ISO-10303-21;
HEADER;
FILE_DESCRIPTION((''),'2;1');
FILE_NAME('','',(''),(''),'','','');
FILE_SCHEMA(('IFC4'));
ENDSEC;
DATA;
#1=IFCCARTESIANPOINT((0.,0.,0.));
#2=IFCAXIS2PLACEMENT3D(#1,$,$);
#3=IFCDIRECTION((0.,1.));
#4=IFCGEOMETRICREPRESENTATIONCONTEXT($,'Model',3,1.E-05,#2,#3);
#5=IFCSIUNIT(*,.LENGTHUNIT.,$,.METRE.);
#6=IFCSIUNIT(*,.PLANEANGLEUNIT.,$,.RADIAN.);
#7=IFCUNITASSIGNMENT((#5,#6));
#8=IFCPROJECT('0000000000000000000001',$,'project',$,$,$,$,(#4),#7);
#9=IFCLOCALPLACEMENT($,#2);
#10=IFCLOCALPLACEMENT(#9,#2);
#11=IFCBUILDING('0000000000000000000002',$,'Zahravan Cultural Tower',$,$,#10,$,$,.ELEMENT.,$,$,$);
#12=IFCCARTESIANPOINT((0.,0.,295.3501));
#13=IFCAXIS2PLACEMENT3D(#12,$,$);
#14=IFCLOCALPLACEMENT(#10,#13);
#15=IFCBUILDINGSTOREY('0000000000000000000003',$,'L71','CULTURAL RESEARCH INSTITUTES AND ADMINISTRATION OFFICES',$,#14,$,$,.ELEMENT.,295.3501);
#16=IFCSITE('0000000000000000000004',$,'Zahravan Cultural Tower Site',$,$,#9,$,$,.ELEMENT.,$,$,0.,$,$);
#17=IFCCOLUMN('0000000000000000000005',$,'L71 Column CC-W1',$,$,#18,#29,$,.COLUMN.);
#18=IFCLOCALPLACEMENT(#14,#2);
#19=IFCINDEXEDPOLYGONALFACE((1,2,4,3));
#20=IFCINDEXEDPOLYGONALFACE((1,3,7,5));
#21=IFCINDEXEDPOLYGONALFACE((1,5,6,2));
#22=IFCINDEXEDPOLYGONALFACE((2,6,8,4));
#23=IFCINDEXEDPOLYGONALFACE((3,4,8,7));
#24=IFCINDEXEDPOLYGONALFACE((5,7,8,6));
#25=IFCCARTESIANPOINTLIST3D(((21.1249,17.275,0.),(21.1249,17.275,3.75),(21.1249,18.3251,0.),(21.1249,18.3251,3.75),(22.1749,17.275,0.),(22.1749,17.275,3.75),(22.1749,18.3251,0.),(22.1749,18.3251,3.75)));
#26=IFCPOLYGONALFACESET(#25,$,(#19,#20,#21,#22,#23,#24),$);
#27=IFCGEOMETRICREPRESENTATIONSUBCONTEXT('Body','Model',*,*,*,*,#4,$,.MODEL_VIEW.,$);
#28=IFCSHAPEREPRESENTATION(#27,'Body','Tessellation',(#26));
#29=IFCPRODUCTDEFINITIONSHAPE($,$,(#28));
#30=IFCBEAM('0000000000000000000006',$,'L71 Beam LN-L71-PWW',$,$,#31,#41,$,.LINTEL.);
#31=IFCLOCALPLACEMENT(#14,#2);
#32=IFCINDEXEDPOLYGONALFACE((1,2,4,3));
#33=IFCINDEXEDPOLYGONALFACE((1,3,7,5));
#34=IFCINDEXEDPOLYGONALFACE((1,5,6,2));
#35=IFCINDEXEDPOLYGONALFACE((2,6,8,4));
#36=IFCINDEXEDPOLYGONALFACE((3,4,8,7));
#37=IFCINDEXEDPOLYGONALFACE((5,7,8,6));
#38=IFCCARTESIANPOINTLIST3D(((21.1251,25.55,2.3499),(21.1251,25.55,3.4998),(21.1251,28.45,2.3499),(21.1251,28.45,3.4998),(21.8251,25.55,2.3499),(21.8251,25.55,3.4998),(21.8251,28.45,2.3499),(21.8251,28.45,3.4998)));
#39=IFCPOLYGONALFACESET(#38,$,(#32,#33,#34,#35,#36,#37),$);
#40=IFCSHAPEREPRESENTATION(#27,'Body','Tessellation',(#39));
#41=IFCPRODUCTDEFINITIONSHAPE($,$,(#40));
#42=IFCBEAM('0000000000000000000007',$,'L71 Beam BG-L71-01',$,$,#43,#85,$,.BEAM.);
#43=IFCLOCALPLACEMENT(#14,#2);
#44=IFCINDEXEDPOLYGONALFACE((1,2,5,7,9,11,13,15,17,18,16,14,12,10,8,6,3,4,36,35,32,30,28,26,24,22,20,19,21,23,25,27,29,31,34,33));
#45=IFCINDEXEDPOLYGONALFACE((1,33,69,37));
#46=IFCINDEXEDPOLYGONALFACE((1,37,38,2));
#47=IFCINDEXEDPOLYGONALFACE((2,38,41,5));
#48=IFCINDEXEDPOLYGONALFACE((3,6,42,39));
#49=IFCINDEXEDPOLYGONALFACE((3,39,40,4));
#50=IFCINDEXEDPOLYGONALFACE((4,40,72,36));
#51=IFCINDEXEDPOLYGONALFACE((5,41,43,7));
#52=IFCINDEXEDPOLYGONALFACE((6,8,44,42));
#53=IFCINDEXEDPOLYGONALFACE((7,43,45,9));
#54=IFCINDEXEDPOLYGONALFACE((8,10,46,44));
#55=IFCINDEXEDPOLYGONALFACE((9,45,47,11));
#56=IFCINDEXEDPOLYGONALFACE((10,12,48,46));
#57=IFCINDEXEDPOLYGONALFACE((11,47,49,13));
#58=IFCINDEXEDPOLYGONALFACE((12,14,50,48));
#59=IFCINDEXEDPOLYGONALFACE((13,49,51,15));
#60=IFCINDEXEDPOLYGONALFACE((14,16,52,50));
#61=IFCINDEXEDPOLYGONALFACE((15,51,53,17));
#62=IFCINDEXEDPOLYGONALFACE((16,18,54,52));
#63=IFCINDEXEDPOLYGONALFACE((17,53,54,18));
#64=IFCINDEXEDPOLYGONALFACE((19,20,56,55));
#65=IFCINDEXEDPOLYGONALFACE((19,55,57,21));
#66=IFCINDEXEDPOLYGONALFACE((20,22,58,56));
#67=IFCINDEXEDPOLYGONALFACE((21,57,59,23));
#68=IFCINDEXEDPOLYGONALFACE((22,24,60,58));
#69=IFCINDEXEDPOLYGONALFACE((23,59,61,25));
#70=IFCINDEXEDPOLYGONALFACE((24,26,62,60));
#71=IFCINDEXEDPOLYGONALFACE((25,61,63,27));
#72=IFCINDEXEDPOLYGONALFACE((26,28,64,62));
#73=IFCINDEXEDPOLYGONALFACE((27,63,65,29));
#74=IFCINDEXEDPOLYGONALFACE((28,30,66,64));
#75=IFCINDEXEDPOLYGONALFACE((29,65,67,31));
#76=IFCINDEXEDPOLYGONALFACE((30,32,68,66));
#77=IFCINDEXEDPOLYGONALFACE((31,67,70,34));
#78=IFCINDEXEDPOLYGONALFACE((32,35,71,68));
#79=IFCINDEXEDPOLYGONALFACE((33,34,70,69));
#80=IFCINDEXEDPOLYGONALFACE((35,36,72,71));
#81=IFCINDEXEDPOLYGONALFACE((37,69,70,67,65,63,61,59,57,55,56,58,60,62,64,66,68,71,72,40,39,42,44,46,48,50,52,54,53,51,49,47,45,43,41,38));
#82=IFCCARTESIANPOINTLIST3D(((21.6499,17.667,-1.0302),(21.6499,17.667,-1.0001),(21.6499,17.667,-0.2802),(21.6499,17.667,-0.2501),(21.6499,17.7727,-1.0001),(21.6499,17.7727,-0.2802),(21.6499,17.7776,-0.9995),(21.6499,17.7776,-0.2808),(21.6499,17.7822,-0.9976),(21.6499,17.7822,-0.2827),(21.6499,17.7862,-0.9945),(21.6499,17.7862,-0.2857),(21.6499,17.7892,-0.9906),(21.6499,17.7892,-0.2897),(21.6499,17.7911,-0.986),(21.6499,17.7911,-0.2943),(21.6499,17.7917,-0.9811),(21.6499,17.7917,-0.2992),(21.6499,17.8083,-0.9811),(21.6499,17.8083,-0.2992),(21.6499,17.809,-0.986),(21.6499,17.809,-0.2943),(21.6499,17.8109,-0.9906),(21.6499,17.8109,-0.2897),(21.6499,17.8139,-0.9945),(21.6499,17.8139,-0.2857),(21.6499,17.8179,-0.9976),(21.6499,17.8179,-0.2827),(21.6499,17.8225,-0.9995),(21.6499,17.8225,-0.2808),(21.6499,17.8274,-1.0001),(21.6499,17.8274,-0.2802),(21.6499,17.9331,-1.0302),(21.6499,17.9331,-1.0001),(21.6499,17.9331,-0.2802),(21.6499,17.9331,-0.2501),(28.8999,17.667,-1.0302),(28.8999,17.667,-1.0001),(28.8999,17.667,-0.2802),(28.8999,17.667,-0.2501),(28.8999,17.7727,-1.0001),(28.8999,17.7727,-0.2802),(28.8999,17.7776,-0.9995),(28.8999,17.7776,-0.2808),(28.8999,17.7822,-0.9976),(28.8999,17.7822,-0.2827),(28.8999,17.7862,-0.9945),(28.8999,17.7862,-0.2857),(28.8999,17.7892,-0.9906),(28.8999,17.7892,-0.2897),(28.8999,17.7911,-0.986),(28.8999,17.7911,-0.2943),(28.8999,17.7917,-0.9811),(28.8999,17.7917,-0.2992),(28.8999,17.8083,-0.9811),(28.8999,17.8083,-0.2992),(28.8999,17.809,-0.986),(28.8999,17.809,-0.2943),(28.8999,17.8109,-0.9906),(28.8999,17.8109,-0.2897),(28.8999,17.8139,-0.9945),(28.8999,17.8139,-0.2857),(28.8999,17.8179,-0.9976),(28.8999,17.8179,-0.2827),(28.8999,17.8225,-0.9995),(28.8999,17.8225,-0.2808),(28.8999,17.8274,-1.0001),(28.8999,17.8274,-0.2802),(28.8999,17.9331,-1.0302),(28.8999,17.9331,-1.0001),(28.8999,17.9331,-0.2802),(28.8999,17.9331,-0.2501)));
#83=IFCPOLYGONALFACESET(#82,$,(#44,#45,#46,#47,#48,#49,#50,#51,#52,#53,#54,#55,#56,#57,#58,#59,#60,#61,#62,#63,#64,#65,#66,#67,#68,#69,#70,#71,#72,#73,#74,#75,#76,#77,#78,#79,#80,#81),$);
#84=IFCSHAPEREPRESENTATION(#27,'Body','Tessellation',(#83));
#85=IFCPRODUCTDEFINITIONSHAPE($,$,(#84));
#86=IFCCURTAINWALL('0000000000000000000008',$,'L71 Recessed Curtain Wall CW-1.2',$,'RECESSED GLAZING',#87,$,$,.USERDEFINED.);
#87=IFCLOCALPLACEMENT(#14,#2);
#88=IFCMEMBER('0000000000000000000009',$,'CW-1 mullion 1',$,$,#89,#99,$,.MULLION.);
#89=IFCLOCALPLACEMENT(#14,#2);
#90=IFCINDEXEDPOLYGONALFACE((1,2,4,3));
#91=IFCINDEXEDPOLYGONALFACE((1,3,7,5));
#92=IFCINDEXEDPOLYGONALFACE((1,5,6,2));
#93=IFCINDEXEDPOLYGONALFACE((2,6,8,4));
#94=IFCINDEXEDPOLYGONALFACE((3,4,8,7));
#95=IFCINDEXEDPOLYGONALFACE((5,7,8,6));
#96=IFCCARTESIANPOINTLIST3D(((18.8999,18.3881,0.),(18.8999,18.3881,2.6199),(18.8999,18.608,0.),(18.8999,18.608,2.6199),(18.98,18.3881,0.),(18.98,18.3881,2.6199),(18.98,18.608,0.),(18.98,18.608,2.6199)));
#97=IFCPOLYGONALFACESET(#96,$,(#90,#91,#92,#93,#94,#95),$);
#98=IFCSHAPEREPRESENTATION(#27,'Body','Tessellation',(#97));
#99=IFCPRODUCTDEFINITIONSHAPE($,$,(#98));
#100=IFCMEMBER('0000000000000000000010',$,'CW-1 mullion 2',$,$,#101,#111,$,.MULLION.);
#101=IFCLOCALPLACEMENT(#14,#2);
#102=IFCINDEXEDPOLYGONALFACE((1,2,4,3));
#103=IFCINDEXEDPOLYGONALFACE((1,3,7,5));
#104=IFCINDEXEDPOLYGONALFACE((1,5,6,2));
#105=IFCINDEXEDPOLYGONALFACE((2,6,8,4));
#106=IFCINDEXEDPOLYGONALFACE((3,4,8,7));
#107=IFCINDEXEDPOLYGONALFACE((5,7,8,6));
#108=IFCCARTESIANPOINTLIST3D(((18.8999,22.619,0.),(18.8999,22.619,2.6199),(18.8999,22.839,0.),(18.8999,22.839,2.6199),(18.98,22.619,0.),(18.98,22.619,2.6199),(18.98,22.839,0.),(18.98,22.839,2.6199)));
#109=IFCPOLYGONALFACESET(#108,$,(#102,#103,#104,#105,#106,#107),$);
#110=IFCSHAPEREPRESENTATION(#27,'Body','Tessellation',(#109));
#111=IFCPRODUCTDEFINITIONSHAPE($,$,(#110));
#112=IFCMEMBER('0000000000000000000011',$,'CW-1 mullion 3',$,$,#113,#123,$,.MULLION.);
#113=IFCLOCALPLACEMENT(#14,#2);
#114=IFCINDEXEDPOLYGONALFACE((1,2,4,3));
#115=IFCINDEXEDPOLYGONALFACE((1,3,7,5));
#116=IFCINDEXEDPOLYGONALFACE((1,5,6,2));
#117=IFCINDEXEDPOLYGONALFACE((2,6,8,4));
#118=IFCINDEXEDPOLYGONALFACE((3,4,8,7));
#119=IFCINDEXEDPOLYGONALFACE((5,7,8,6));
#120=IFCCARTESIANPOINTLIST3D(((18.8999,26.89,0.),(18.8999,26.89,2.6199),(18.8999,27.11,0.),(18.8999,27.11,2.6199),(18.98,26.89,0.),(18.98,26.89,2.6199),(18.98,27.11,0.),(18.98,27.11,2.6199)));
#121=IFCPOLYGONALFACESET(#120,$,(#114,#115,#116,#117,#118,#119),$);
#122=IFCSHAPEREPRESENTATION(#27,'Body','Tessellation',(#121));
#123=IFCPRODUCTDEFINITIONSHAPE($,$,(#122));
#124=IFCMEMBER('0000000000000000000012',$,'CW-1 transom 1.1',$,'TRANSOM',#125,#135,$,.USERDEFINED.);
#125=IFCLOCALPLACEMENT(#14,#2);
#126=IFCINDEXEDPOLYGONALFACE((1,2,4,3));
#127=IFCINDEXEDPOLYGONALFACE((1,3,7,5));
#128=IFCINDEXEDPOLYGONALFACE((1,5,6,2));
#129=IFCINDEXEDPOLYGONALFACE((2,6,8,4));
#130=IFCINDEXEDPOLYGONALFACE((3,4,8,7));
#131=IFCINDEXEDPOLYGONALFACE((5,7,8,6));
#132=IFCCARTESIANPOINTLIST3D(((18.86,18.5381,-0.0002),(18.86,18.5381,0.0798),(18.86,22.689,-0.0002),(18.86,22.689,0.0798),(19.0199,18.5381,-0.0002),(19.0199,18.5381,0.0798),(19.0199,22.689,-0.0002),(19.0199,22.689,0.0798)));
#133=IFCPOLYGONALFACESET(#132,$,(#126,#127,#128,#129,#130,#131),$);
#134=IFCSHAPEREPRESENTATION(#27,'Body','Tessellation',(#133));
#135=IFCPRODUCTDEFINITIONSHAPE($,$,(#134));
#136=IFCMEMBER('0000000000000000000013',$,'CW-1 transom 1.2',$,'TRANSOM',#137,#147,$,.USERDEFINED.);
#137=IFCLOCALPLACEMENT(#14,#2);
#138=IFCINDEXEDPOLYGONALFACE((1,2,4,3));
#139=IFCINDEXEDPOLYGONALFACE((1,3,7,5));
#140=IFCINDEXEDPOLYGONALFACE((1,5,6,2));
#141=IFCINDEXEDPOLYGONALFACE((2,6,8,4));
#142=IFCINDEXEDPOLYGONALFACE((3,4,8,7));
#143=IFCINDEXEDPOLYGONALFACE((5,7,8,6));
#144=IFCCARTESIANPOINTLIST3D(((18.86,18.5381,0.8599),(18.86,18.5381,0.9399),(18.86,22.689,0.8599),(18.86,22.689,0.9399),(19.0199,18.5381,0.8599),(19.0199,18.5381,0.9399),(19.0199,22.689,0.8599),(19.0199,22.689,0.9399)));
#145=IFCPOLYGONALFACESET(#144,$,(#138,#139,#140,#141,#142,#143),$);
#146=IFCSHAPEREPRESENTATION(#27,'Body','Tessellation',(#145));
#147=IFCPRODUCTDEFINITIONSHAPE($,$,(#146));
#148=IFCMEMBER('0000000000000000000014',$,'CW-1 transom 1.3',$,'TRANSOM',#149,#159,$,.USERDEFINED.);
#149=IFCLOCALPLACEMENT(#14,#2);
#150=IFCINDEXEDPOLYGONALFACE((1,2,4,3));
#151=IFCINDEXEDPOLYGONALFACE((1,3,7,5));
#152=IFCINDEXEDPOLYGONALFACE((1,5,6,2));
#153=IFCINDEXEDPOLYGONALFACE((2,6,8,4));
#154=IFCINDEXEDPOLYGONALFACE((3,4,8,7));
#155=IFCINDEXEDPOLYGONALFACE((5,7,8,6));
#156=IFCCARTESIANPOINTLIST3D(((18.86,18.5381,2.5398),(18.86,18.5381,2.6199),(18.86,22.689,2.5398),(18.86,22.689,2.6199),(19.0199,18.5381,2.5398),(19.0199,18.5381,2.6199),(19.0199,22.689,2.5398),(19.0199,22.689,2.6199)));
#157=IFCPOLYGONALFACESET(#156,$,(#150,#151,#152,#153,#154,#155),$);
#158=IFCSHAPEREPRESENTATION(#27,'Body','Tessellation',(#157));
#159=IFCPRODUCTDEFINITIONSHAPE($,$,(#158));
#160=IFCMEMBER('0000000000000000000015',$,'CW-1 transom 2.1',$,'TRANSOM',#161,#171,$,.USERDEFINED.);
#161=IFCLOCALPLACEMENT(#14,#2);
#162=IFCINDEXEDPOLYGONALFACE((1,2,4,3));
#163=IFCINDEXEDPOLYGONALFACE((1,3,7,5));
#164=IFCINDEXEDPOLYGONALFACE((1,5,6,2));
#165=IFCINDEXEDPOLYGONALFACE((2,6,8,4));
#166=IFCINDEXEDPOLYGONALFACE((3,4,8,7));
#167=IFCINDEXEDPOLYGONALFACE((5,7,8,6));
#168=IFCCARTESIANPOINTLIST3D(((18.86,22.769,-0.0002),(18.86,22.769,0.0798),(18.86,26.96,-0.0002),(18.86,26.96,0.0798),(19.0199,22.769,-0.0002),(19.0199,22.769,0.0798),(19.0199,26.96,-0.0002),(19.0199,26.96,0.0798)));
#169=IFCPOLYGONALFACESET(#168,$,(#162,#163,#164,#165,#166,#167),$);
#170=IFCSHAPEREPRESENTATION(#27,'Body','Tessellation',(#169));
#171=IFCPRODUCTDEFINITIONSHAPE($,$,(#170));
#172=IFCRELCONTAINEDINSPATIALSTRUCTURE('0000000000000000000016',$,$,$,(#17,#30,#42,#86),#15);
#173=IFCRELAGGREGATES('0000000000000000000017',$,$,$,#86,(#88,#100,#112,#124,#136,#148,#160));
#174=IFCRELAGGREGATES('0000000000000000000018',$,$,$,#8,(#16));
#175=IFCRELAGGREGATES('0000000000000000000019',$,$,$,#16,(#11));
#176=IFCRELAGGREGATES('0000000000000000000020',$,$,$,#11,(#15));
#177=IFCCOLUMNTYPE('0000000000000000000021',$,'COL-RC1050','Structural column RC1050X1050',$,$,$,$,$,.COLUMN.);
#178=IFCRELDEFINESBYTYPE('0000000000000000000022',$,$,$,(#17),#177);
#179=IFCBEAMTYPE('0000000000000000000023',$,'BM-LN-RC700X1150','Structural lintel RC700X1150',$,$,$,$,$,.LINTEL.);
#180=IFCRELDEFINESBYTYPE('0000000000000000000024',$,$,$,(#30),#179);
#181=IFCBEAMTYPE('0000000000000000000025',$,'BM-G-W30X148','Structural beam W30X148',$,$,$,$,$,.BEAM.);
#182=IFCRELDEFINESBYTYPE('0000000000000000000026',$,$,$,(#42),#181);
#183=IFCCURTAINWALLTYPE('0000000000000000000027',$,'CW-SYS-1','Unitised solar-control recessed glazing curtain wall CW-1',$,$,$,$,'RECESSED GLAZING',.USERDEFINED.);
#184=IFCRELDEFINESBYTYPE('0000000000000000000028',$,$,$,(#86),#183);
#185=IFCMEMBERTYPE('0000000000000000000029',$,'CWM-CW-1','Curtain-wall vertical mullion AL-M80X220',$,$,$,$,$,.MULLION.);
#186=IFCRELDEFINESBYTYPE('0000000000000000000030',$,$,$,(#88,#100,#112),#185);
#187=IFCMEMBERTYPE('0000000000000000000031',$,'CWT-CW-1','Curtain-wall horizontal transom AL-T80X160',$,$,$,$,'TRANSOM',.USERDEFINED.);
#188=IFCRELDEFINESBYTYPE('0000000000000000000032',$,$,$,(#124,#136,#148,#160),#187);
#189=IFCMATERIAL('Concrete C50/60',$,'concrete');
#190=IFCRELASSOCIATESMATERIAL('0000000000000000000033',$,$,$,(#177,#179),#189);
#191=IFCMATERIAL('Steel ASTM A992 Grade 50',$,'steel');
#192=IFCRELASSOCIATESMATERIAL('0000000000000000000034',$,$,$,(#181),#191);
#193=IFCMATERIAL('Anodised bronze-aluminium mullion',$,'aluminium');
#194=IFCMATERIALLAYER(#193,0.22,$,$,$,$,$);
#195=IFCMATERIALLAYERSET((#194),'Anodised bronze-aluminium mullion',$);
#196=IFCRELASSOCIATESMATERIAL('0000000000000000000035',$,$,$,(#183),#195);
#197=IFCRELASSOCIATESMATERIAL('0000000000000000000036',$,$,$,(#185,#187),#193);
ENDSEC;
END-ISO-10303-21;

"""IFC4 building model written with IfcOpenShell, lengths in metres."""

from ifc_helpers import new_model, si_unit, direction, frame, origin, origin_2d, place, context, subcontext, project, spatial, rectangle, i_section, extrude, source, transform, mapped, material, layer, layer_set, material_profile, profile_set, type_object, element, aggregate, save


model = new_model("IFC4")

# Units and contexts
model_context = context("Model", 3, precision=1e-05, world=origin(), true_north=direction((0.0, 1.0)))
body_context = subcontext(model_context, "Body", "Model", "MODEL_VIEW")
ifc_project = project(units=[si_unit("LENGTHUNIT", "METRE"), si_unit("PLANEANGLEUNIT", "RADIAN")], contexts=[model_context])

# Site, building, storey
site_placement = place(None, origin())
site = spatial("IfcSite", under=ifc_project, at=site_placement, Name="Zahravan Cultural Tower Site", CompositionType="ELEMENT", RefElevation=0.0)
building_placement = place(site_placement, origin())
building = spatial("IfcBuilding", under=site, at=building_placement, Name="Zahravan Cultural Tower", CompositionType="ELEMENT")
storey_placement = place(building_placement, frame((0.0, 0.0, 295.3501)))
storey = spatial("IfcBuildingStorey", under=building, at=storey_placement, Name="L71", Description="CULTURAL RESEARCH INSTITUTES AND ADMINISTRATION OFFICES", CompositionType="ELEMENT", Elevation=295.3501)

# Column
ifc_material_1 = material(Name="Concrete C50/60", Category="concrete")
ifc_material_profile_1 = material_profile(ifc_material_1, rectangle(XDim=1.05, YDim=1.05, at=origin_2d()), Name="RC1050X1050")
ifc_profile_set_1 = profile_set([ifc_material_profile_1], Name="Concrete C50/60")
column_type = type_object("IfcColumnType", Name="COL-RC1050", Description="Structural column RC1050X1050", PredefinedType="COLUMN", material=ifc_profile_set_1)
shared_shape_1 = source(origin(), body_context, "Body", "SweptSolid", [
    extrude(rectangle(XDim=1.05, YDim=1.05, at=origin_2d()), origin(), (0.0, 0.0, 1.0), 3.75),
])
column_placement = place(storey_placement, frame((21.6499, 17.8, 0.0), z_axis=(0.0, 0.0, 1.0), x_axis=(1.0, 0.0, 0.0)))
element("IfcColumn", 1, at=column_placement, inside=storey, type_object=column_type, Name="L71 Column CC-W1", PredefinedType="COLUMN", context=body_context, shape_type="MappedRepresentation", body=[
    mapped(shared_shape_1, transform((0.0, 0.0, 0.0), x_axis=(1.0, 0.0, 0.0), y_axis=(0.0, 1.0, 0.0), z_axis=(0.0, 0.0, 1.0), scale=1.0)),
])

# Beams
ifc_material_profile_2 = material_profile(ifc_material_1, rectangle(XDim=0.7, YDim=1.1499, at=origin_2d()), Name="RC700X1150")
ifc_profile_set_2 = profile_set([ifc_material_profile_2], Name="Concrete C50/60")
beam_type_1 = type_object("IfcBeamType", Name="BM-LN-RC700X1150", Description="Structural lintel RC700X1150", PredefinedType="LINTEL", material=ifc_profile_set_2)
shared_shape_2 = source(origin(), body_context, "Body", "SweptSolid", [
    extrude(rectangle(XDim=0.7, YDim=1.1499, at=origin_2d()), origin(), (0.0, 0.0, 1.0), 2.8999),
])
beam_1_placement = place(storey_placement, frame((21.4751, 25.55, 2.9248), z_axis=(0.0, 1.0, 0.0), x_axis=(-1.0, 0.0, 0.0)))
element("IfcBeam", 2, at=beam_1_placement, inside=storey, type_object=beam_type_1, Name="L71 Beam LN-L71-PWW", PredefinedType="LINTEL", context=body_context, shape_type="MappedRepresentation", body=[
    mapped(shared_shape_2, transform((0.0, 0.0, 0.0), x_axis=(1.0, 0.0, 0.0), y_axis=(0.0, 1.0, 0.0), z_axis=(0.0, 0.0, 1.0), scale=1.0)),
])
ifc_material_2 = material(Name="Steel ASTM A992 Grade 50", Category="steel")
ifc_material_profile_3 = material_profile(ifc_material_2, i_section(OverallWidth=0.2661, OverallDepth=0.78, WebThickness=0.0166, FlangeThickness=0.03, FilletRadius=0.019, at=origin_2d()), Name="W30X148")
ifc_profile_set_3 = profile_set([ifc_material_profile_3], Name="Steel ASTM A992 Grade 50")
beam_type_2 = type_object("IfcBeamType", Name="BM-G-W30X148", Description="Structural beam W30X148", PredefinedType="BEAM", material=ifc_profile_set_3)
shared_shape_3 = source(origin(), body_context, "Body", "SweptSolid", [
    extrude(i_section(OverallWidth=0.2661, OverallDepth=0.78, WebThickness=0.0166, FlangeThickness=0.03, FilletRadius=0.019, at=origin_2d()), origin(), (0.0, 0.0, 1.0), 7.25),
])
beam_2_placement = place(storey_placement, frame((21.6499, 17.8, -0.6401), z_axis=(1.0, 0.0, 0.0), x_axis=(0.0, 1.0, 0.0)))
element("IfcBeam", 3, at=beam_2_placement, inside=storey, type_object=beam_type_2, Name="L71 Beam BG-L71-01", PredefinedType="BEAM", context=body_context, shape_type="MappedRepresentation", body=[
    mapped(shared_shape_3, transform((0.0, 0.0, 0.0), x_axis=(1.0, 0.0, 0.0), y_axis=(0.0, 1.0, 0.0), z_axis=(0.0, 0.0, 1.0), scale=1.0)),
])

# Curtain wall, members
ifc_material_3 = material(Name="Anodised bronze-aluminium mullion", Category="aluminium")
ifc_layer_1 = layer(ifc_material_3, 0.22)
ifc_layer_set_1 = layer_set([ifc_layer_1], Name="Anodised bronze-aluminium mullion")
curtain_wall_type = type_object("IfcCurtainWallType", Name="CW-SYS-1", Description="Unitised solar-control recessed glazing curtain wall CW-1", ElementType="RECESSED GLAZING", PredefinedType="USERDEFINED", material=ifc_layer_set_1)
curtain_wall_placement = place(storey_placement, origin())
curtain_wall = element("IfcCurtainWall", 4, at=curtain_wall_placement, inside=storey, type_object=curtain_wall_type, Name="L71 Recessed Curtain Wall CW-1.2", ObjectType="RECESSED GLAZING", PredefinedType="USERDEFINED")
ifc_material_profile_4 = material_profile(ifc_material_3, rectangle(XDim=0.0801, YDim=0.22, at=origin_2d()), Name="AL-M80X220")
ifc_profile_set_4 = profile_set([ifc_material_profile_4], Name="Anodised bronze-aluminium mullion")
member_type_1 = type_object("IfcMemberType", Name="CWM-CW-1", Description="Curtain-wall vertical mullion AL-M80X220", PredefinedType="MULLION", material=ifc_profile_set_4)
shared_shape_4 = source(origin(), body_context, "Body", "SweptSolid", [
    extrude(rectangle(XDim=0.0801, YDim=0.22, at=origin_2d()), origin(), (0.0, 0.0, 1.0), 2.6199),
])
member_1_placement = place(storey_placement, frame((18.9399, 18.498, 0.0), z_axis=(0.0, 0.0, 1.0), x_axis=(-1.0, 0.0, 0.0)))
member_1 = element("IfcMember", 5, at=member_1_placement, type_object=member_type_1, Name="CW-1 mullion 1", PredefinedType="MULLION", context=body_context, shape_type="MappedRepresentation", body=[
    mapped(shared_shape_4, transform((0.0, 0.0, 0.0), x_axis=(1.0, 0.0, 0.0), y_axis=(0.0, 1.0, 0.0), z_axis=(0.0, 0.0, 1.0), scale=1.0)),
])
member_2_placement = place(storey_placement, frame((18.9399, 22.729, 0.0), z_axis=(0.0, 0.0, 1.0), x_axis=(-1.0, 0.0, 0.0)))
member_2 = element("IfcMember", 6, at=member_2_placement, type_object=member_type_1, Name="CW-1 mullion 2", PredefinedType="MULLION", context=body_context, shape_type="MappedRepresentation", body=[
    mapped(shared_shape_4, transform((0.0, 0.0, 0.0), x_axis=(1.0, 0.0, 0.0), y_axis=(0.0, 1.0, 0.0), z_axis=(0.0, 0.0, 1.0), scale=1.0)),
])
member_3_placement = place(storey_placement, frame((18.9399, 27.0, 0.0), z_axis=(0.0, 0.0, 1.0), x_axis=(-1.0, 0.0, 0.0)))
member_3 = element("IfcMember", 7, at=member_3_placement, type_object=member_type_1, Name="CW-1 mullion 3", PredefinedType="MULLION", context=body_context, shape_type="MappedRepresentation", body=[
    mapped(shared_shape_4, transform((0.0, 0.0, 0.0), x_axis=(1.0, 0.0, 0.0), y_axis=(0.0, 1.0, 0.0), z_axis=(0.0, 0.0, 1.0), scale=1.0)),
])
ifc_material_profile_5 = material_profile(ifc_material_3, rectangle(XDim=0.1599, YDim=0.0801, at=origin_2d()), Name="AL-T80X160")
ifc_profile_set_5 = profile_set([ifc_material_profile_5], Name="Anodised bronze-aluminium mullion")
member_type_2 = type_object("IfcMemberType", Name="CWT-CW-1", Description="Curtain-wall horizontal transom AL-T80X160", ElementType="TRANSOM", PredefinedType="USERDEFINED", material=ifc_profile_set_5)
shared_shape_5 = source(origin(), body_context, "Body", "SweptSolid", [
    extrude(rectangle(XDim=0.1599, YDim=0.0801, at=origin_2d()), origin(), (0.0, 0.0, 1.0), 4.1509),
])
member_4_placement = place(storey_placement, frame((18.9399, 18.5381, 0.0398), z_axis=(0.0, 1.0, 0.0), x_axis=(-1.0, 0.0, 0.0)))
member_4 = element("IfcMember", 8, at=member_4_placement, type_object=member_type_2, Name="CW-1 transom 1.1", ObjectType="TRANSOM", PredefinedType="USERDEFINED", context=body_context, shape_type="MappedRepresentation", body=[
    mapped(shared_shape_5, transform((0.0, 0.0, 0.0), x_axis=(1.0, 0.0, 0.0), y_axis=(0.0, 1.0, 0.0), z_axis=(0.0, 0.0, 1.0), scale=1.0)),
])
member_5_placement = place(storey_placement, frame((18.9399, 18.5381, 0.8999), z_axis=(0.0, 1.0, 0.0), x_axis=(-1.0, 0.0, 0.0)))
member_5 = element("IfcMember", 9, at=member_5_placement, type_object=member_type_2, Name="CW-1 transom 1.2", ObjectType="TRANSOM", PredefinedType="USERDEFINED", context=body_context, shape_type="MappedRepresentation", body=[
    mapped(shared_shape_5, transform((0.0, 0.0, 0.0), x_axis=(1.0, 0.0, 0.0), y_axis=(0.0, 1.0, 0.0), z_axis=(0.0, 0.0, 1.0), scale=1.0)),
])
member_6_placement = place(storey_placement, frame((18.9399, 18.5381, 2.5798), z_axis=(0.0, 1.0, 0.0), x_axis=(-1.0, 0.0, 0.0)))
member_6 = element("IfcMember", 10, at=member_6_placement, type_object=member_type_2, Name="CW-1 transom 1.3", ObjectType="TRANSOM", PredefinedType="USERDEFINED", context=body_context, shape_type="MappedRepresentation", body=[
    mapped(shared_shape_5, transform((0.0, 0.0, 0.0), x_axis=(1.0, 0.0, 0.0), y_axis=(0.0, 1.0, 0.0), z_axis=(0.0, 0.0, 1.0), scale=1.0)),
])
shared_shape_6 = source(origin(), body_context, "Body", "SweptSolid", [
    extrude(rectangle(XDim=0.1599, YDim=0.0801, at=origin_2d()), origin(), (0.0, 0.0, 1.0), 4.1909),
])
member_7_placement = place(storey_placement, frame((18.9399, 22.769, 0.0398), z_axis=(0.0, 1.0, 0.0), x_axis=(-1.0, 0.0, 0.0)))
member_7 = element("IfcMember", 11, at=member_7_placement, type_object=member_type_2, Name="CW-1 transom 2.1", ObjectType="TRANSOM", PredefinedType="USERDEFINED", context=body_context, shape_type="MappedRepresentation", body=[
    mapped(shared_shape_6, transform((0.0, 0.0, 0.0), x_axis=(1.0, 0.0, 0.0), y_axis=(0.0, 1.0, 0.0), z_axis=(0.0, 0.0, 1.0), scale=1.0)),
])

aggregate(curtain_wall, [member_1, member_2, member_3, member_4, member_5, member_6, member_7])

save(model, "model.ifc")
